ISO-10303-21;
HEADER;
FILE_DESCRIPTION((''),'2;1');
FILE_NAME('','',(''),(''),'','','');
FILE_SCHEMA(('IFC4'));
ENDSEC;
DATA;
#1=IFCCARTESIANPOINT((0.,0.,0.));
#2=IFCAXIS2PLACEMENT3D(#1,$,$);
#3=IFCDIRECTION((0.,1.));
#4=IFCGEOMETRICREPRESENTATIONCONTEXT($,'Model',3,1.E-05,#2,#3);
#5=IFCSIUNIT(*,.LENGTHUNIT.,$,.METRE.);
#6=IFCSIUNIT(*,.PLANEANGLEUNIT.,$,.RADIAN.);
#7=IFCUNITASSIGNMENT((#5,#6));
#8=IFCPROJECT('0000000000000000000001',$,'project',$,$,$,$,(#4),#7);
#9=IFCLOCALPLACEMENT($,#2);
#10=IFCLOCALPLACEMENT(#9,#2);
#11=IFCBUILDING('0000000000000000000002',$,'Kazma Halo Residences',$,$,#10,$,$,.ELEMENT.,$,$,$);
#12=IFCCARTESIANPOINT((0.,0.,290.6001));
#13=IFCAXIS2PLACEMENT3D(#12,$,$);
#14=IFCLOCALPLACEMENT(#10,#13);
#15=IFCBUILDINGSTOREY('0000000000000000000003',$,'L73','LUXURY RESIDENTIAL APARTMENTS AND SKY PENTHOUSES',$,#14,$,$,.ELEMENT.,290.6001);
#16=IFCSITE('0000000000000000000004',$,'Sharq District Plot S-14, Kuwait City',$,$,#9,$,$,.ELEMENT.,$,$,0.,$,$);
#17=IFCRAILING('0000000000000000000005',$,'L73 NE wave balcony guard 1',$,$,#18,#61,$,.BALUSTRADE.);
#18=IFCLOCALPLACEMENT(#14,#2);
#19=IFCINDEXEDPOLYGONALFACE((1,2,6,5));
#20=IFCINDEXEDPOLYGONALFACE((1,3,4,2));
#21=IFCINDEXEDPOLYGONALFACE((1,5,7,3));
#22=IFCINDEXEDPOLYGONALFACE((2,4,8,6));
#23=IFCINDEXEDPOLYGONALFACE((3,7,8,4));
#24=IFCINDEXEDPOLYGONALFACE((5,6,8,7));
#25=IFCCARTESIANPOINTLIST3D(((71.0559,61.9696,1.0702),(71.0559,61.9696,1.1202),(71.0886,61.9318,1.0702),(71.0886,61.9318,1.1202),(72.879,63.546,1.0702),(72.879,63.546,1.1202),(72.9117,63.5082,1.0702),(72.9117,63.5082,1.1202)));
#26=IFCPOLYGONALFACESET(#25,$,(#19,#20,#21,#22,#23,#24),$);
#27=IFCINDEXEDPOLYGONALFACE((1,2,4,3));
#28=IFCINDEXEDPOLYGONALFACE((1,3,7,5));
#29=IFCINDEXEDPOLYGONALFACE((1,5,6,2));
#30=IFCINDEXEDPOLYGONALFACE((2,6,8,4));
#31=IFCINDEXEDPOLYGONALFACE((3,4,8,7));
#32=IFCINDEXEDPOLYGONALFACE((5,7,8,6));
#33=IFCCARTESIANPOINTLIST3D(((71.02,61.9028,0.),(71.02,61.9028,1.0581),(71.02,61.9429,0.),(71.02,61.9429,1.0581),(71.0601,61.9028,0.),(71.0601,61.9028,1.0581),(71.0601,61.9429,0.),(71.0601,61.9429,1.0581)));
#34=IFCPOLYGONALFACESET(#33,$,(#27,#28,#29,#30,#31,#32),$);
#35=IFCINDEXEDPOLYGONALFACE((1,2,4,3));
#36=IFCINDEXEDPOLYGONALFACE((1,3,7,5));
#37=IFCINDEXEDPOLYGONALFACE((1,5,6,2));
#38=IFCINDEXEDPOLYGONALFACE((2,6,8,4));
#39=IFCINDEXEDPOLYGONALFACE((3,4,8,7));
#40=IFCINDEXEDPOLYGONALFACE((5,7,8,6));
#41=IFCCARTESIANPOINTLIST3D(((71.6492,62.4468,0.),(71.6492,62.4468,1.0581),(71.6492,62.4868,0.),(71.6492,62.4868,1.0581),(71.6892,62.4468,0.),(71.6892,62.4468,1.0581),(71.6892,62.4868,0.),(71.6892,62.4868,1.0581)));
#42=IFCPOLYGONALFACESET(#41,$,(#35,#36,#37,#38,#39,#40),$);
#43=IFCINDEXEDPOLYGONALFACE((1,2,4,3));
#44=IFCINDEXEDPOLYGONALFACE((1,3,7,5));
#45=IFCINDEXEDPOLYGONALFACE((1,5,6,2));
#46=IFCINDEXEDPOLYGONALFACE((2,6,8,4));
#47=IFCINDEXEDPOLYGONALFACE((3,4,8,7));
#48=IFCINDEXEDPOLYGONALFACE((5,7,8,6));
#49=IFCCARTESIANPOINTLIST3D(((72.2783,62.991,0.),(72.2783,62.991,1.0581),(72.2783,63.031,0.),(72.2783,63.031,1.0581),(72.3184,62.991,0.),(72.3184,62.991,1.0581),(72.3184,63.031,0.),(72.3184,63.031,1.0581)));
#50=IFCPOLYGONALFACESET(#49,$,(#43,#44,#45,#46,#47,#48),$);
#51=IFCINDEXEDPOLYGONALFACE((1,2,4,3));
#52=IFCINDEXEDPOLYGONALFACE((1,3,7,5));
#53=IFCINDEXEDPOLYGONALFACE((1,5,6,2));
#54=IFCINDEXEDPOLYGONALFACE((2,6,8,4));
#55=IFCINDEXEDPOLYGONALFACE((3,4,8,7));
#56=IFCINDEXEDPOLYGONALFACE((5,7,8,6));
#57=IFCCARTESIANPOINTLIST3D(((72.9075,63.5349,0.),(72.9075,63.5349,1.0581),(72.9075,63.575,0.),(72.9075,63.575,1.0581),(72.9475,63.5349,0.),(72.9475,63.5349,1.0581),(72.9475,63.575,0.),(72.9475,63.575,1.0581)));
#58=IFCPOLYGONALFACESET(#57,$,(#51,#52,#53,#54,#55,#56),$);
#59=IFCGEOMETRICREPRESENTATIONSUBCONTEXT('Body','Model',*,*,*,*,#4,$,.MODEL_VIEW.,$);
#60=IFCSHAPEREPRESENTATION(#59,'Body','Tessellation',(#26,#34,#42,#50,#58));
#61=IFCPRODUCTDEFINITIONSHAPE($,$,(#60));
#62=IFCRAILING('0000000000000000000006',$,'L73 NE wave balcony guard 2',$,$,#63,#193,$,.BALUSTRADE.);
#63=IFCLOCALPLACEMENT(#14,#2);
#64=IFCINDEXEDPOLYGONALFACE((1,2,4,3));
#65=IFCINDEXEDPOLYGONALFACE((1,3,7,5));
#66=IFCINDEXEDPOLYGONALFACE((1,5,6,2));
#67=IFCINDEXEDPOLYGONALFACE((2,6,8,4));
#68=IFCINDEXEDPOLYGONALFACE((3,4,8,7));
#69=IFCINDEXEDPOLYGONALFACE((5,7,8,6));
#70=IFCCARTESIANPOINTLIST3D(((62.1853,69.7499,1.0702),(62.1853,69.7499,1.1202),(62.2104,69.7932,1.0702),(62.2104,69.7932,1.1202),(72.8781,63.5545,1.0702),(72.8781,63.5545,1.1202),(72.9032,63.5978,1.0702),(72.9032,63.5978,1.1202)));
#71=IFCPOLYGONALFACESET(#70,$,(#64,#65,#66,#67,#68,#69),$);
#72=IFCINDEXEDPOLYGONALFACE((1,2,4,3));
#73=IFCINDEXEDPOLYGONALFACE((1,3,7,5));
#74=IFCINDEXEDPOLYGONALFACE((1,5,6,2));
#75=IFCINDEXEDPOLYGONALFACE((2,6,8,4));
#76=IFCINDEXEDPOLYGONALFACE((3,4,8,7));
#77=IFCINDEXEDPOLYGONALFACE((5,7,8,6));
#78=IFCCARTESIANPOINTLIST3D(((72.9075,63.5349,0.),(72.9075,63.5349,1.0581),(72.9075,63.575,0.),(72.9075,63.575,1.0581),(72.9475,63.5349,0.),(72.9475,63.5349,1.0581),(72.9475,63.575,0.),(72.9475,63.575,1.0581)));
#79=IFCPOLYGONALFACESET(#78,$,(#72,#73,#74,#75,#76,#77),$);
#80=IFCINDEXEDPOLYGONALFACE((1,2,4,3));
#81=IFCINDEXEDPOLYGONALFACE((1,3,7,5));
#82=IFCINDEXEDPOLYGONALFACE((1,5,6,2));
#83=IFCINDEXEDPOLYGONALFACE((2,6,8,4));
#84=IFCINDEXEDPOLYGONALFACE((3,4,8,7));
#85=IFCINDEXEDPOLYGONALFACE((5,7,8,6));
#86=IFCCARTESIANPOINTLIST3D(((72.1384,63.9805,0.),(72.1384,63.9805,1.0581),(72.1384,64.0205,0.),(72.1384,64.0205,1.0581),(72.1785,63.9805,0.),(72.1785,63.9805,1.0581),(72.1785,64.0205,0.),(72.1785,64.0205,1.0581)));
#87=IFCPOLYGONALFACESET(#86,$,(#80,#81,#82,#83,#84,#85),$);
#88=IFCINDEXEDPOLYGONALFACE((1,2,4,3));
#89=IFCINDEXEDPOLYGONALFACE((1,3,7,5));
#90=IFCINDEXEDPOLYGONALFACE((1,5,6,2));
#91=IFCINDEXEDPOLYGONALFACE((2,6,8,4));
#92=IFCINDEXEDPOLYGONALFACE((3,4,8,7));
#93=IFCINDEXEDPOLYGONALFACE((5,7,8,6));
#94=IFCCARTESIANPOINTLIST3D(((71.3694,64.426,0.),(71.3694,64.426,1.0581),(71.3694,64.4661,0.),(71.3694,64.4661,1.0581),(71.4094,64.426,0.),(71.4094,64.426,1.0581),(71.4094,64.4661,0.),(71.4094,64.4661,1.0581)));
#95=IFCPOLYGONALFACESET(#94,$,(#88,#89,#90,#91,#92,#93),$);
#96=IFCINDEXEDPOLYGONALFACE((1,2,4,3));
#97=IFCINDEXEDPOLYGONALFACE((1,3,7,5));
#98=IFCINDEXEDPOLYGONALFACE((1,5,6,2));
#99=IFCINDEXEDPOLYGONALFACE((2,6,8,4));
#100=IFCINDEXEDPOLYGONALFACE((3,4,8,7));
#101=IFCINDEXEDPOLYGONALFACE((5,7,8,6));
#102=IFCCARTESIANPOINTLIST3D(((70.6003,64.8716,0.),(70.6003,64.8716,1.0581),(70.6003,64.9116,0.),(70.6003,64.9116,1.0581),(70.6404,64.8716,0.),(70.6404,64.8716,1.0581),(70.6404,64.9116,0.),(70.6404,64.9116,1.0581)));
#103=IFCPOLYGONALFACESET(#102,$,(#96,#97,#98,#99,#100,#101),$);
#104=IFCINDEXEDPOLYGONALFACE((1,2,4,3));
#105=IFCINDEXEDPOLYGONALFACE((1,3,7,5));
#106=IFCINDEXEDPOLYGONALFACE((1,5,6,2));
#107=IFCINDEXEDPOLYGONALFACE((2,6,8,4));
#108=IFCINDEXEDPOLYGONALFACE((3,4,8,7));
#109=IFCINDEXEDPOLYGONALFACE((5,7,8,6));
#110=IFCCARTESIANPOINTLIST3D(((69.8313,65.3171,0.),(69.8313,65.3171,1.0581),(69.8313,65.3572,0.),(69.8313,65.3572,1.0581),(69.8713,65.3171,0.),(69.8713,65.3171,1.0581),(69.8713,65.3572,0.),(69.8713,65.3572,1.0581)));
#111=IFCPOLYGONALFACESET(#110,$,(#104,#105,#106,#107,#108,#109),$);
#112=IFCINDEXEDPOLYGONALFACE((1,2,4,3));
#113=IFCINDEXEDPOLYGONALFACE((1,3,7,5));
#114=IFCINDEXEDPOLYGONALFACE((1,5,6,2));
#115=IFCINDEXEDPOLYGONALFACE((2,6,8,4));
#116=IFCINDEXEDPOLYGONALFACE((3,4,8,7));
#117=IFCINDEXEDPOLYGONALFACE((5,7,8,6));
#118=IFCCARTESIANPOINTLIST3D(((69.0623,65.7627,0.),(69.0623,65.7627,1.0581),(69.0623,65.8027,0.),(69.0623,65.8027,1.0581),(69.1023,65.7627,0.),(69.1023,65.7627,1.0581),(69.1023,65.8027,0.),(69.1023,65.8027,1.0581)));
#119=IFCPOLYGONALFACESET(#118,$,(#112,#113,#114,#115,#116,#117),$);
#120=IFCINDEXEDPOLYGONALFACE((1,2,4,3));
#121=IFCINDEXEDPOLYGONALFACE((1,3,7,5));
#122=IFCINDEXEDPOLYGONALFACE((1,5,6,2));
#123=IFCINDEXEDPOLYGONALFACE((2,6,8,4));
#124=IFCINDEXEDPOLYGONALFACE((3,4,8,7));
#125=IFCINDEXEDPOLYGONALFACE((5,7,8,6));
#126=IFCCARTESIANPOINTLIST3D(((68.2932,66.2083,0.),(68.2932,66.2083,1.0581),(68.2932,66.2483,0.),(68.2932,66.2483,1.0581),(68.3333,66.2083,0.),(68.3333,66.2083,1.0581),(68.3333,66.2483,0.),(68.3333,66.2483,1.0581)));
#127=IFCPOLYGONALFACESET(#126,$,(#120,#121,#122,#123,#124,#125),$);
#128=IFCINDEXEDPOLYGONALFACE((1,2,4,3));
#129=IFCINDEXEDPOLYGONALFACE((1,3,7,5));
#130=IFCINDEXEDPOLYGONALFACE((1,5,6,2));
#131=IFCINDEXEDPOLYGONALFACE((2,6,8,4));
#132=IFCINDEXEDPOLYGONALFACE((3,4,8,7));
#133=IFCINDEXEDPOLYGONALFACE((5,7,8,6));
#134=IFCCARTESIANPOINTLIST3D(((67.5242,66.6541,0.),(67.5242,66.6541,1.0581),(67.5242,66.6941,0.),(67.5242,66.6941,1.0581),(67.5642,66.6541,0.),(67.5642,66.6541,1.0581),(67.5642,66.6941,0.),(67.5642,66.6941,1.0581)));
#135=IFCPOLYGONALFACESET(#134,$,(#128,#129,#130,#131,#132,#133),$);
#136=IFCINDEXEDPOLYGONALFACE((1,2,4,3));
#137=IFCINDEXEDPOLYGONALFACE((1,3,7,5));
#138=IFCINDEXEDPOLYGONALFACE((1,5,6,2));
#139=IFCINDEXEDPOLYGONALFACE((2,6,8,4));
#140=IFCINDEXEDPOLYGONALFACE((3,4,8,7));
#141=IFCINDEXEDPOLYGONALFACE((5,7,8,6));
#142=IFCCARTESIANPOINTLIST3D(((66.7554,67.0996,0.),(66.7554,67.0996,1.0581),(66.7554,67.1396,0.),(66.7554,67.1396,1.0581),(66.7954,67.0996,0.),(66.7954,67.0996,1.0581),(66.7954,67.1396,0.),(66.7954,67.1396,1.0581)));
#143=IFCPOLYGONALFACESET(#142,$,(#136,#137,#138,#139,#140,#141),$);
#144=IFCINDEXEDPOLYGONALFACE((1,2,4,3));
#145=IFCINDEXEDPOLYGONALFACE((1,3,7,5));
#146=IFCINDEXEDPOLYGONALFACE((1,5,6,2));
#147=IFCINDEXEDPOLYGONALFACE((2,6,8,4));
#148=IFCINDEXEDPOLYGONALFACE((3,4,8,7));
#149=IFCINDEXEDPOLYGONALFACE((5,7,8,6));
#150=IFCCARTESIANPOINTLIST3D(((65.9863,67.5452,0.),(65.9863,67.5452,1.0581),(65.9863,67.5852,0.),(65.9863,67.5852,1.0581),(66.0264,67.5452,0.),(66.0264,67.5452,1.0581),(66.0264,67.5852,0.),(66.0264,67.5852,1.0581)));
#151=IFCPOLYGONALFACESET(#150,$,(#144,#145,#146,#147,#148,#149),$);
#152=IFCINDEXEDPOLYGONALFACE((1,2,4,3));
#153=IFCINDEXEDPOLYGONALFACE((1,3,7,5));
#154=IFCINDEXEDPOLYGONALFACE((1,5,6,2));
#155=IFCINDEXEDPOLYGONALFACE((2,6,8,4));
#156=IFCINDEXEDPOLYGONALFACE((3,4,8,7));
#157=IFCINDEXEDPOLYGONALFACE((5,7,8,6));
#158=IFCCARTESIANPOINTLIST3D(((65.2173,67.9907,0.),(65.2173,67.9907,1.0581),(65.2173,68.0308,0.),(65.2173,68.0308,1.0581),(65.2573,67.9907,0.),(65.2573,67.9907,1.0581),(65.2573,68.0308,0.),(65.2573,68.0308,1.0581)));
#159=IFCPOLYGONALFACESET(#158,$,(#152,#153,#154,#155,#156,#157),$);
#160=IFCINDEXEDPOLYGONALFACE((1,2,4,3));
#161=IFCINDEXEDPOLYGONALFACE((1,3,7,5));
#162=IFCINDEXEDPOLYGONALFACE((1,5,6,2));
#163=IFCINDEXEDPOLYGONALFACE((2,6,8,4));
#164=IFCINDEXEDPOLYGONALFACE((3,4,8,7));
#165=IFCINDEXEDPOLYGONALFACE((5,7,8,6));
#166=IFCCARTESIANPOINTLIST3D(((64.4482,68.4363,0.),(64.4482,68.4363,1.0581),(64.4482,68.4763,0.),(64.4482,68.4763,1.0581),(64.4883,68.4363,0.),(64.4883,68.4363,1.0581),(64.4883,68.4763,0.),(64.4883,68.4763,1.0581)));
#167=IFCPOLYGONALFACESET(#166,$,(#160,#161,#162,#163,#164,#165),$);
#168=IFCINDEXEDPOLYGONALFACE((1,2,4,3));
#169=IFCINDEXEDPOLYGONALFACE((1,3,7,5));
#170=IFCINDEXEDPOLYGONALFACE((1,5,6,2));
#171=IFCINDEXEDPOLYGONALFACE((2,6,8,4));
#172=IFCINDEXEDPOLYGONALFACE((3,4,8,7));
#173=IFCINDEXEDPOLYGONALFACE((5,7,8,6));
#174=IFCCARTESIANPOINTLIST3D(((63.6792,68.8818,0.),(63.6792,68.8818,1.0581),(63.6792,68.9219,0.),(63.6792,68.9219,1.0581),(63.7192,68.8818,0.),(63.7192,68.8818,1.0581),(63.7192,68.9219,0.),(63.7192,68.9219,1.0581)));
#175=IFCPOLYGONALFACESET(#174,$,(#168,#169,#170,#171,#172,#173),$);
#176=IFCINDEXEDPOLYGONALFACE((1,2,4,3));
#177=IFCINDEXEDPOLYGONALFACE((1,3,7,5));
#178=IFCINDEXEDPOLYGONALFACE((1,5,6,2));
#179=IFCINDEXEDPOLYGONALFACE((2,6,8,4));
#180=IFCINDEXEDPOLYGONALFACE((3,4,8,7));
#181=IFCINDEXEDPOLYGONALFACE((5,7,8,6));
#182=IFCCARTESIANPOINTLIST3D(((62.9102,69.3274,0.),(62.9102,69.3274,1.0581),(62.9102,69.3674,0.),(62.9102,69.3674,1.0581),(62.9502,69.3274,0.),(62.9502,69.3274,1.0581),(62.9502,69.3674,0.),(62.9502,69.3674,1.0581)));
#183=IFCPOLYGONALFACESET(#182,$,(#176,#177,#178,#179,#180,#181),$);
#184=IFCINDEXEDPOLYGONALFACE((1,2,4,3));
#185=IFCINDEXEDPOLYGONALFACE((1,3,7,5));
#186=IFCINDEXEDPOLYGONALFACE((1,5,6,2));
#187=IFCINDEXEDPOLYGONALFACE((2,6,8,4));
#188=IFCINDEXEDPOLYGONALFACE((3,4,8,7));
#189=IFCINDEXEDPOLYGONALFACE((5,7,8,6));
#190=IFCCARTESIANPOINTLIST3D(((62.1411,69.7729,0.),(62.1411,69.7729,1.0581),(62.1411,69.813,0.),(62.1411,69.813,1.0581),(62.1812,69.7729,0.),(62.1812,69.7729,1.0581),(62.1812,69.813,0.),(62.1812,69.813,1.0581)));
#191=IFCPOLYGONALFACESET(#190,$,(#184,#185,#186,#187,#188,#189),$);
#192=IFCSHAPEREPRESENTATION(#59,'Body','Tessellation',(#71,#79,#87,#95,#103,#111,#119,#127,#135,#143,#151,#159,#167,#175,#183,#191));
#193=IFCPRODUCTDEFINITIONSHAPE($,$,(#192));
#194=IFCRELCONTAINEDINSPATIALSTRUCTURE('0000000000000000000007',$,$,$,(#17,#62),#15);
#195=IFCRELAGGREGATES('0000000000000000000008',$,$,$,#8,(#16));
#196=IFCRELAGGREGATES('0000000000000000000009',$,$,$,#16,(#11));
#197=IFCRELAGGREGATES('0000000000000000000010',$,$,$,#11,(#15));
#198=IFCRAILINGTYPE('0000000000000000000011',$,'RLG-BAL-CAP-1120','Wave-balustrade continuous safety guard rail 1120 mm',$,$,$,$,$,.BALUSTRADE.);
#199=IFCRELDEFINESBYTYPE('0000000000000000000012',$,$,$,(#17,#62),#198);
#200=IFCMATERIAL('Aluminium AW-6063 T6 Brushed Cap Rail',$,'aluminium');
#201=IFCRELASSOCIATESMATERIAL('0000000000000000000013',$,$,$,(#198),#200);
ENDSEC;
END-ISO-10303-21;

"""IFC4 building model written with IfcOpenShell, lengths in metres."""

from ifc_helpers import new_model, si_unit, direction, frame, origin, origin_2d, place, context, subcontext, project, spatial, rectangle, extrude, material, type_object, element, save


model = new_model("IFC4")

# Units and contexts
model_context = context("Model", 3, precision=1e-05, world=origin(), true_north=direction((0.0, 1.0)))
body_context = subcontext(model_context, "Body", "Model", "MODEL_VIEW")
ifc_project = project(units=[si_unit("LENGTHUNIT", "METRE"), si_unit("PLANEANGLEUNIT", "RADIAN")], contexts=[model_context])

# Site, building, storey
site_placement = place(None, origin())
site = spatial("IfcSite", under=ifc_project, at=site_placement, Name="Sharq District Plot S-14, Kuwait City", CompositionType="ELEMENT", RefElevation=0.0)
building_placement = place(site_placement, origin())
building = spatial("IfcBuilding", under=site, at=building_placement, Name="Kazma Halo Residences", CompositionType="ELEMENT")
storey_placement = place(building_placement, frame((0.0, 0.0, 290.6001)))
storey = spatial("IfcBuildingStorey", under=building, at=storey_placement, Name="L73", Description="LUXURY RESIDENTIAL APARTMENTS AND SKY PENTHOUSES", CompositionType="ELEMENT", Elevation=290.6001)

# Railings
ifc_material_1 = material(Name="Aluminium AW-6063 T6 Brushed Cap Rail", Category="aluminium")
railing_type = type_object("IfcRailingType", Name="RLG-BAL-CAP-1120", Description="Wave-balustrade continuous safety guard rail 1120 mm", PredefinedType="BALUSTRADE", material=ifc_material_1)
railing_1_placement = place(storey_placement, frame((71.04, 61.9229, 0.0)))
element("IfcRailing", 1, at=railing_1_placement, inside=storey, type_object=railing_type, Name="L73 NE wave balcony guard 1", PredefinedType="BALUSTRADE", context=body_context, shape_type="SweptSolid", body=[
    extrude(rectangle(XDim=0.05, YDim=0.05, at=origin_2d()), frame((0.0322, 0.0278, 1.0952), z_axis=(0.756425, 0.654081, 0.0), x_axis=(-0.654081, 0.756425, 0.0)), (0.0, 0.0, 1.0), 2.4102),
    extrude(rectangle(XDim=0.04, YDim=0.04, at=origin_2d()), origin(), (0.0, 0.0, 1.0), 1.0581),
    extrude(rectangle(XDim=0.04, YDim=0.04, at=origin_2d()), frame((0.6292, 0.5439, 0.0)), (0.0, 0.0, 1.0), 1.0581),
    extrude(rectangle(XDim=0.04, YDim=0.04, at=origin_2d()), frame((1.2583, 1.0881, 0.0)), (0.0, 0.0, 1.0), 1.0581),
    extrude(rectangle(XDim=0.04, YDim=0.04, at=origin_2d()), frame((1.8875, 1.6321, 0.0)), (0.0, 0.0, 1.0), 1.0581),
])
railing_2_placement = place(storey_placement, frame((72.9275, 63.5549, 0.0)))
element("IfcRailing", 2, at=railing_2_placement, inside=storey, type_object=railing_type, Name="L73 NE wave balcony guard 2", PredefinedType="BALUSTRADE", context=body_context, shape_type="SweptSolid", body=[
    extrude(rectangle(XDim=0.05, YDim=0.05, at=origin_2d()), frame((-0.0369, 0.0212, 1.0952), z_axis=(-0.865256, 0.50133, 0.0), x_axis=(-0.50133, -0.865256, 0.0)), (0.0, 0.0, 1.0), 12.3579),
    extrude(rectangle(XDim=0.04, YDim=0.04, at=origin_2d()), origin(), (0.0, 0.0, 1.0), 1.0581),
    extrude(rectangle(XDim=0.04, YDim=0.04, at=origin_2d()), frame((-0.769, 0.4456, 0.0)), (0.0, 0.0, 1.0), 1.0581),
    extrude(rectangle(XDim=0.04, YDim=0.04, at=origin_2d()), frame((-1.5381, 0.8911, 0.0)), (0.0, 0.0, 1.0), 1.0581),
    extrude(rectangle(XDim=0.04, YDim=0.04, at=origin_2d()), frame((-2.3071, 1.3367, 0.0)), (0.0, 0.0, 1.0), 1.0581),
    extrude(rectangle(XDim=0.04, YDim=0.04, at=origin_2d()), frame((-3.0762, 1.7822, 0.0)), (0.0, 0.0, 1.0), 1.0581),
    extrude(rectangle(XDim=0.04, YDim=0.04, at=origin_2d()), frame((-3.8452, 2.2278, 0.0)), (0.0, 0.0, 1.0), 1.0581),
    extrude(rectangle(XDim=0.04, YDim=0.04, at=origin_2d()), frame((-4.6143, 2.6733, 0.0)), (0.0, 0.0, 1.0), 1.0581),
    extrude(rectangle(XDim=0.04, YDim=0.04, at=origin_2d()), frame((-5.3833, 3.1191, 0.0)), (0.0, 0.0, 1.0), 1.0581),
    extrude(rectangle(XDim=0.04, YDim=0.04, at=origin_2d()), frame((-6.1521, 3.5647, 0.0)), (0.0, 0.0, 1.0), 1.0581),
    extrude(rectangle(XDim=0.04, YDim=0.04, at=origin_2d()), frame((-6.9211, 4.0103, 0.0)), (0.0, 0.0, 1.0), 1.0581),
    extrude(rectangle(XDim=0.04, YDim=0.04, at=origin_2d()), frame((-7.6902, 4.4558, 0.0)), (0.0, 0.0, 1.0), 1.0581),
    extrude(rectangle(XDim=0.04, YDim=0.04, at=origin_2d()), frame((-8.4592, 4.9014, 0.0)), (0.0, 0.0, 1.0), 1.0581),
    extrude(rectangle(XDim=0.04, YDim=0.04, at=origin_2d()), frame((-9.2283, 5.3469, 0.0)), (0.0, 0.0, 1.0), 1.0581),
    extrude(rectangle(XDim=0.04, YDim=0.04, at=origin_2d()), frame((-9.9973, 5.7925, 0.0)), (0.0, 0.0, 1.0), 1.0581),
    extrude(rectangle(XDim=0.04, YDim=0.04, at=origin_2d()), frame((-10.7664, 6.238, 0.0)), (0.0, 0.0, 1.0), 1.0581),
])

save(model, "model.ifc")
